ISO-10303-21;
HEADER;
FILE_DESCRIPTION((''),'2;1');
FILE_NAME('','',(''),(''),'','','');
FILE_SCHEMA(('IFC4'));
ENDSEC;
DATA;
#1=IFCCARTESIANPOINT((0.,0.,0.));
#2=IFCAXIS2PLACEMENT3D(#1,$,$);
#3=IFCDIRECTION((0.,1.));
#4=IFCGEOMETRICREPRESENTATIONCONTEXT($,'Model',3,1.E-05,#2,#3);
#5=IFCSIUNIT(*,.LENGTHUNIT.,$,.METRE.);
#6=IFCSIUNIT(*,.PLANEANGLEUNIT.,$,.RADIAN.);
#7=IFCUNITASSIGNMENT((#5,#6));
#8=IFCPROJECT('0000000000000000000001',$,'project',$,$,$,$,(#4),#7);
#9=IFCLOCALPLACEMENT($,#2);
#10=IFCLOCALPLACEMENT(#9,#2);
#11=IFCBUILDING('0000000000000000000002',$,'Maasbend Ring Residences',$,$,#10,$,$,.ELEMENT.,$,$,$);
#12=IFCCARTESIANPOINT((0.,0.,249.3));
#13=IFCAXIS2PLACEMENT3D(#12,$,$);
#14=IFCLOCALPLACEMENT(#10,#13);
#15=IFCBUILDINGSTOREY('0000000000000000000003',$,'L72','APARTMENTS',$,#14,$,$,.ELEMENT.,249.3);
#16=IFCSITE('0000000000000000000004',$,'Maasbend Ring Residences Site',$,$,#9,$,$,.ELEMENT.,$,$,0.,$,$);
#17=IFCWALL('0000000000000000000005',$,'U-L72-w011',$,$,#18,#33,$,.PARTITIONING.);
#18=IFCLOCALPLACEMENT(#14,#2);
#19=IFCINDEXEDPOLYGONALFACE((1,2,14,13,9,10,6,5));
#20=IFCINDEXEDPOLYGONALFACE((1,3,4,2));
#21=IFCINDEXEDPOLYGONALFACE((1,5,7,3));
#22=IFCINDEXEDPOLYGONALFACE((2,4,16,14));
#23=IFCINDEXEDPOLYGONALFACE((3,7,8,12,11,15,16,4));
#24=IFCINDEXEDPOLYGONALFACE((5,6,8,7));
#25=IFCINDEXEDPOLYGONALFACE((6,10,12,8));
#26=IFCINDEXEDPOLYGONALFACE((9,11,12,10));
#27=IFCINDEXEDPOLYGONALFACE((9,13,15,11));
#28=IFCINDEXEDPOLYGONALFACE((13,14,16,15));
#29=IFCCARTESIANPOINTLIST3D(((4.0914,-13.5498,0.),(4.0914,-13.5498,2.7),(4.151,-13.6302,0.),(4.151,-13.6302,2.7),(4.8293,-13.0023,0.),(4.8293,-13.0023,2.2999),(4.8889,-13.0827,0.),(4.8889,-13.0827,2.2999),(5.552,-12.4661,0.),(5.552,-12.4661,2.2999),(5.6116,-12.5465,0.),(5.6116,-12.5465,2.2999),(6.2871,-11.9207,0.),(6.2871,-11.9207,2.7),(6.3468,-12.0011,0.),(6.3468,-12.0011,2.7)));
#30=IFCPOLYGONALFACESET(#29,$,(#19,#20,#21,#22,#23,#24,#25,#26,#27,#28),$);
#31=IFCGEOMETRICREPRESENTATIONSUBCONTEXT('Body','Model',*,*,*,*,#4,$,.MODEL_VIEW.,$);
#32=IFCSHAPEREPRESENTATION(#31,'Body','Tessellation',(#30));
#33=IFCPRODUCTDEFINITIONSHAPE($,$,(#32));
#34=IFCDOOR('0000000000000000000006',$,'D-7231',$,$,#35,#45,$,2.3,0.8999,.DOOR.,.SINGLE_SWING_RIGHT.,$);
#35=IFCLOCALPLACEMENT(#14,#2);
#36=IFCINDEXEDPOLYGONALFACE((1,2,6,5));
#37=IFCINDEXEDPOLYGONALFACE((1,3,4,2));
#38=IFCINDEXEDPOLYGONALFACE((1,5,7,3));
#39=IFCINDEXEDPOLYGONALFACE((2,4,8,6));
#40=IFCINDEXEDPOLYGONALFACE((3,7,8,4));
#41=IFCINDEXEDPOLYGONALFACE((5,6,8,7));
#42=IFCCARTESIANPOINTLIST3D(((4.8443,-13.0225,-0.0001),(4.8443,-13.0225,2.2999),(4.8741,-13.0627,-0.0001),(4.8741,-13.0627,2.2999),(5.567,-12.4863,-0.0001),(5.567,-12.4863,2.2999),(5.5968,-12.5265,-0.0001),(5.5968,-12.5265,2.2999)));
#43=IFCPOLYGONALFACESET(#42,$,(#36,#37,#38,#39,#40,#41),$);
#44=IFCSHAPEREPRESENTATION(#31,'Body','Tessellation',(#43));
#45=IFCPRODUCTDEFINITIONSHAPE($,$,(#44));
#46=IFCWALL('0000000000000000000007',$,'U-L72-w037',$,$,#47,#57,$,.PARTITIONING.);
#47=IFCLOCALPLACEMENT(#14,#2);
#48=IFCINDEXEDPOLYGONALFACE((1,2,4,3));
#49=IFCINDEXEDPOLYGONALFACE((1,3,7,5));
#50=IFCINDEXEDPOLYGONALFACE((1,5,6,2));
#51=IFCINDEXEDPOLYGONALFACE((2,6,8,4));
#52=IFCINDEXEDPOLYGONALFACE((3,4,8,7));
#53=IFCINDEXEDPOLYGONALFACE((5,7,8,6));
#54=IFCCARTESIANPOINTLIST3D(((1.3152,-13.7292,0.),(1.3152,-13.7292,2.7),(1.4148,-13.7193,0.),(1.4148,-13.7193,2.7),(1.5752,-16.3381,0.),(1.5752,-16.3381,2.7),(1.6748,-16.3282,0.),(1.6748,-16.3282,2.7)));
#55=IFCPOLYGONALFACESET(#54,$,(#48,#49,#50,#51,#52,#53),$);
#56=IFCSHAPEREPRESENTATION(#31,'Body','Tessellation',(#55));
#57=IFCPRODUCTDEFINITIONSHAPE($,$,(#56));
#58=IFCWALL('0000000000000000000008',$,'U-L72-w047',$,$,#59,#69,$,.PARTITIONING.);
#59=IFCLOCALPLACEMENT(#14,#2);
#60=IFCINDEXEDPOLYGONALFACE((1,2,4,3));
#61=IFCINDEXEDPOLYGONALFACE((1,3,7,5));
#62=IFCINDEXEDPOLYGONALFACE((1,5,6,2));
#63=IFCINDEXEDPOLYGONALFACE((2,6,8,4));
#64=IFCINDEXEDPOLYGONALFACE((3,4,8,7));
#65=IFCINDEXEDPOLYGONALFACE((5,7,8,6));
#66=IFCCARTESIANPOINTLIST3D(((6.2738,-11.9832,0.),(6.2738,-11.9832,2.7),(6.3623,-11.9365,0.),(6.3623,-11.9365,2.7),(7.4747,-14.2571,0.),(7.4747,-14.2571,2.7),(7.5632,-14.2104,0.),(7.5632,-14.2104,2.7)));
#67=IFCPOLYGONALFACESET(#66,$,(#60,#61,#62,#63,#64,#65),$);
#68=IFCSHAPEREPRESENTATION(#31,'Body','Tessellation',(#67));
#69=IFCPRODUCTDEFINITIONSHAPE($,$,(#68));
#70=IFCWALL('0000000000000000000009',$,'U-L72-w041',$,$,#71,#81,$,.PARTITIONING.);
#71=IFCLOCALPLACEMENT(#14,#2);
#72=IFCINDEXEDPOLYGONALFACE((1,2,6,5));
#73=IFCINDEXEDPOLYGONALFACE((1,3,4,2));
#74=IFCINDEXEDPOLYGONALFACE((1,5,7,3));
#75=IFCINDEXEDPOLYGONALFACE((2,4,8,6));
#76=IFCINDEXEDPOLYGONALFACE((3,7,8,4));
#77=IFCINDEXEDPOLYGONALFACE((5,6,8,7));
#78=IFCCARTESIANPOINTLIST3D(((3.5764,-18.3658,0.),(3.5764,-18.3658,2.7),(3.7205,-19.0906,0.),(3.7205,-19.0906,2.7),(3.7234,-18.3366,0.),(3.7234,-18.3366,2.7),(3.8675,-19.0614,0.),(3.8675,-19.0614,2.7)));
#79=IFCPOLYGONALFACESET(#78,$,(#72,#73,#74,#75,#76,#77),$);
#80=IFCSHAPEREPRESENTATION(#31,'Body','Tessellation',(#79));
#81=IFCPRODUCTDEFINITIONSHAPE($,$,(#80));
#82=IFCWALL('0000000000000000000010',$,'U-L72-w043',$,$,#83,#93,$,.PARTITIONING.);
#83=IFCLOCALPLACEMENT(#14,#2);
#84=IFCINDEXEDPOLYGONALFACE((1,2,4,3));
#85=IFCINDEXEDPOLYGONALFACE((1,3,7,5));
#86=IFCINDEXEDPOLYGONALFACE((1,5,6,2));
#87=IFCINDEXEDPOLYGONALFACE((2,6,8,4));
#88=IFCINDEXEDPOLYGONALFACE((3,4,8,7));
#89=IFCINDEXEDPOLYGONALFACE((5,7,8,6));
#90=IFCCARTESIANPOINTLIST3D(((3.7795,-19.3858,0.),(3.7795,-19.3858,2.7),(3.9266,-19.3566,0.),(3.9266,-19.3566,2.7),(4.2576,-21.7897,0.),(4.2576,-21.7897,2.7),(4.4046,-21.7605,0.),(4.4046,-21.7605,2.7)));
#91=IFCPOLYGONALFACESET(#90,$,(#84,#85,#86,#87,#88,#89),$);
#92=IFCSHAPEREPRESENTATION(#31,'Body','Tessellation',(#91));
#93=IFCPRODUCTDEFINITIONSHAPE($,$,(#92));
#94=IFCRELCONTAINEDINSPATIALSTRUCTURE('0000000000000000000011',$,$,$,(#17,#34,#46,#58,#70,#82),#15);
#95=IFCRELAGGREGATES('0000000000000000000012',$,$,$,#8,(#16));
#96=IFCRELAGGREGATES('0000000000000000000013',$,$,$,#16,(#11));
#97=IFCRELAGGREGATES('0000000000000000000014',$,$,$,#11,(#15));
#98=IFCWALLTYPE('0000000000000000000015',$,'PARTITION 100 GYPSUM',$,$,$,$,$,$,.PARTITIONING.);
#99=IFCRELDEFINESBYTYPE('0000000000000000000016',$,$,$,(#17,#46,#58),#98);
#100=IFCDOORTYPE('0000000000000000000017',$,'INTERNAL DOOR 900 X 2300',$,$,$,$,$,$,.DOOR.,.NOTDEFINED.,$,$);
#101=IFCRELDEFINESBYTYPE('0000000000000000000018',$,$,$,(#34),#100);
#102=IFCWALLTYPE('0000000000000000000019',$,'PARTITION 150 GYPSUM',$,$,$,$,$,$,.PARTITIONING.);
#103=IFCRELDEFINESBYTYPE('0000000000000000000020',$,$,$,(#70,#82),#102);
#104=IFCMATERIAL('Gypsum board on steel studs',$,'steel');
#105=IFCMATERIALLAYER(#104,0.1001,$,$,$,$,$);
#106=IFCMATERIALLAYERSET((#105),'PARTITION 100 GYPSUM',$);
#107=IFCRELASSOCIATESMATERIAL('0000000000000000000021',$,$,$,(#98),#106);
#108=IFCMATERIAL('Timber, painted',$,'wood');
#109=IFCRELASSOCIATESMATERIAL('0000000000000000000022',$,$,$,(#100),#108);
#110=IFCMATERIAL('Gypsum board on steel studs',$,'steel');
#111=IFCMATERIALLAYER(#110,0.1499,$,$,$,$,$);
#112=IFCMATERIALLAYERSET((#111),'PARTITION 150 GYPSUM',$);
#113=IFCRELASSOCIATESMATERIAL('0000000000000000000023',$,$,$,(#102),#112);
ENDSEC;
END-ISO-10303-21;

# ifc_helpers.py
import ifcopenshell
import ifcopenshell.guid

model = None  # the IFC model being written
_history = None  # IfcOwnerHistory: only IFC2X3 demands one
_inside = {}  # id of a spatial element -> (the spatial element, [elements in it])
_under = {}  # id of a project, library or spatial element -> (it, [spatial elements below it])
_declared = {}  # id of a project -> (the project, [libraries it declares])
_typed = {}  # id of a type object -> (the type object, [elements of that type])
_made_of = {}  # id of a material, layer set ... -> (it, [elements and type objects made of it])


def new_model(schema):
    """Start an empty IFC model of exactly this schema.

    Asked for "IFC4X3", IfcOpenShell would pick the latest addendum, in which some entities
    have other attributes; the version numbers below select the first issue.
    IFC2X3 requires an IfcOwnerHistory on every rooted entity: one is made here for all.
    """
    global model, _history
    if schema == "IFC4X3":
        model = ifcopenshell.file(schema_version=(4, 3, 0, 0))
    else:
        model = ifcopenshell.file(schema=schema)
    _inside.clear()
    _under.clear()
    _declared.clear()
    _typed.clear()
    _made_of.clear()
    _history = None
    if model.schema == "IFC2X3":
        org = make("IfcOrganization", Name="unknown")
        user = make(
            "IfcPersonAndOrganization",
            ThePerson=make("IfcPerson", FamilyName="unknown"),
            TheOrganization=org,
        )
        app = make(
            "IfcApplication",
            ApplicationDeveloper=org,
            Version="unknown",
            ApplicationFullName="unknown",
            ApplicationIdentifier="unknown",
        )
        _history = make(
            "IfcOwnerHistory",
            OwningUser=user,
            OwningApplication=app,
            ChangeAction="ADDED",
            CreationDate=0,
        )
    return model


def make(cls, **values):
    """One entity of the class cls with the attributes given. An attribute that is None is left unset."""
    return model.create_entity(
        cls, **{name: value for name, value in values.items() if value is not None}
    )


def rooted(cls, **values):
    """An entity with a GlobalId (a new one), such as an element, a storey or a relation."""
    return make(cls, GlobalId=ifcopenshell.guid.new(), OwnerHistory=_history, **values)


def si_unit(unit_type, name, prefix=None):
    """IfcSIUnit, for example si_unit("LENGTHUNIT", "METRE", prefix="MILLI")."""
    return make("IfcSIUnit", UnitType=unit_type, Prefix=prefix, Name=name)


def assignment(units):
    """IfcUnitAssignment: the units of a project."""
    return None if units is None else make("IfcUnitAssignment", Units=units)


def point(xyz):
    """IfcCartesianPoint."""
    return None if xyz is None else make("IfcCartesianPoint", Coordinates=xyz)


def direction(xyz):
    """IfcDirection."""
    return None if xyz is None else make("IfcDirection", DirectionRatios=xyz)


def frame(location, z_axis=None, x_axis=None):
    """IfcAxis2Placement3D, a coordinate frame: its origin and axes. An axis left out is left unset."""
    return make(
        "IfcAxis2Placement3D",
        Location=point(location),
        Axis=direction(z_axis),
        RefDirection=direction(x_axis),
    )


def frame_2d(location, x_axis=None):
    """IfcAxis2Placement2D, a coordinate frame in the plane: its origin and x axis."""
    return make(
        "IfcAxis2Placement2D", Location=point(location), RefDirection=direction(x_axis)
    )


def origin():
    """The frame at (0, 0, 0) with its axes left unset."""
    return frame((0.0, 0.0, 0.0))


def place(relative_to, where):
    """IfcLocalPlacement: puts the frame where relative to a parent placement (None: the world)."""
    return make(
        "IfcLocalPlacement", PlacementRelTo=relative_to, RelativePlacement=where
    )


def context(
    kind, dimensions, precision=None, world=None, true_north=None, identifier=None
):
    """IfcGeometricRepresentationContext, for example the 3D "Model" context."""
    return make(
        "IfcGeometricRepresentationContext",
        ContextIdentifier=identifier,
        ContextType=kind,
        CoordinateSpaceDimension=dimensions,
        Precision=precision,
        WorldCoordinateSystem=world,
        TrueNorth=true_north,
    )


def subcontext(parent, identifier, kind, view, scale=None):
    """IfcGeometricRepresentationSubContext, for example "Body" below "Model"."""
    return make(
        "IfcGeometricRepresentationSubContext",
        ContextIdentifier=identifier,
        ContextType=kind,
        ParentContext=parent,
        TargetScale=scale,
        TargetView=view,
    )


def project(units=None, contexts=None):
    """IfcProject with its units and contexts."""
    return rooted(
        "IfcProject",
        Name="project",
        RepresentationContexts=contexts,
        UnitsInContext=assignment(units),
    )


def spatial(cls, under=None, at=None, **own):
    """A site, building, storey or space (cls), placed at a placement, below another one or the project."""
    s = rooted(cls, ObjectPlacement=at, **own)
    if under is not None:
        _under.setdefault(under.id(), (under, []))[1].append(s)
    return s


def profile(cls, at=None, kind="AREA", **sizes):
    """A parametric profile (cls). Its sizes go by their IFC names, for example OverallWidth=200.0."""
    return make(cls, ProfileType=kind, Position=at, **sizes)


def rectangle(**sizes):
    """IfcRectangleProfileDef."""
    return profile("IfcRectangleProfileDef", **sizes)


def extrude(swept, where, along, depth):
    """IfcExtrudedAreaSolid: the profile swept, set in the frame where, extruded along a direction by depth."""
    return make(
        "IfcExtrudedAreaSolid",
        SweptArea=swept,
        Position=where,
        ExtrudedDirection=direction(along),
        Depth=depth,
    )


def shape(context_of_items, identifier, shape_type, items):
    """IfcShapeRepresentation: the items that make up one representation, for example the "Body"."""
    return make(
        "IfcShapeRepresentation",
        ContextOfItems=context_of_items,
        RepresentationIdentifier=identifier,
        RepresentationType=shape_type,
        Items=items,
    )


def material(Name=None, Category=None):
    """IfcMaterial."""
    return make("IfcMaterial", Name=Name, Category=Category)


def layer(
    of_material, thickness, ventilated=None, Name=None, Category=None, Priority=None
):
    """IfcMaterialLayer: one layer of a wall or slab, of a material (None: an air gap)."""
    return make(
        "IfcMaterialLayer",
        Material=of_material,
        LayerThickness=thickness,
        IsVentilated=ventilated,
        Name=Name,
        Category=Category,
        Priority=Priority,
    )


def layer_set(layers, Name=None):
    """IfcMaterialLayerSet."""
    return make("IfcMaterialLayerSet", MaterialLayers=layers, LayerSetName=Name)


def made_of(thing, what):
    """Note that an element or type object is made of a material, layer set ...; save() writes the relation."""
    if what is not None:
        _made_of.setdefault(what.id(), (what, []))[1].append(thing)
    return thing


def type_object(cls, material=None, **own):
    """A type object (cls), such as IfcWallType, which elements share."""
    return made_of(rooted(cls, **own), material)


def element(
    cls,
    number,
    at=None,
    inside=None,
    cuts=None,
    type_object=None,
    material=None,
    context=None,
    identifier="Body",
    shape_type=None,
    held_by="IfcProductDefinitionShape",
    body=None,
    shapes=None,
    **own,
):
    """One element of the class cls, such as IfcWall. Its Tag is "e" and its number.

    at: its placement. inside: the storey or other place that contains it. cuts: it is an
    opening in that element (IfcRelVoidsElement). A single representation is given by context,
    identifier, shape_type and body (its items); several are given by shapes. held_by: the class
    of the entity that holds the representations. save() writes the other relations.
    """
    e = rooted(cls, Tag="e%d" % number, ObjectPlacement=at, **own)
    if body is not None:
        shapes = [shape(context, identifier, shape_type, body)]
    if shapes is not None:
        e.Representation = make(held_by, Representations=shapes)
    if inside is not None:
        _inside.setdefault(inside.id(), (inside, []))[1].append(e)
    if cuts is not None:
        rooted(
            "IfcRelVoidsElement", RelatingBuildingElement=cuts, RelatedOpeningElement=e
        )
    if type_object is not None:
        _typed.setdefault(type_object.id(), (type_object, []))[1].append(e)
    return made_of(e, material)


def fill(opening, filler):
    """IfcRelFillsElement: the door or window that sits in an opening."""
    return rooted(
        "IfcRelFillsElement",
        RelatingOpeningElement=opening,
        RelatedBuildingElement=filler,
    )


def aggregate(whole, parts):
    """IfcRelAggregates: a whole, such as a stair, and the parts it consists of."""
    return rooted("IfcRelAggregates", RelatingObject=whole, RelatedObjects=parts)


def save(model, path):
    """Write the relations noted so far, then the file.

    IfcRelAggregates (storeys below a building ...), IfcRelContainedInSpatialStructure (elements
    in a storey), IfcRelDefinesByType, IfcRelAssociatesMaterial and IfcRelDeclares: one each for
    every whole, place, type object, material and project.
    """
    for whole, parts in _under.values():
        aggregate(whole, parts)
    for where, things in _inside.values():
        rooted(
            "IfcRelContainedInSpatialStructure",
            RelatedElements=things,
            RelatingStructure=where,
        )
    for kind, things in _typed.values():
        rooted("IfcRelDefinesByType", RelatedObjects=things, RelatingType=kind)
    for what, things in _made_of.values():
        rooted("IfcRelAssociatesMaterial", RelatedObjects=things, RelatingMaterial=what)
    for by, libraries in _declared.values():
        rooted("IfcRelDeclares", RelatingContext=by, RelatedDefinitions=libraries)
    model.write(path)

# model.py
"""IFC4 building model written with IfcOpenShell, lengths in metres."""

from ifc_helpers import new_model, si_unit, direction, frame, frame_2d, origin, place, context, subcontext, project, spatial, rectangle, extrude, material, layer, layer_set, type_object, element, fill, save


model = new_model("IFC4")

# Units and contexts
model_context = context("Model", 3, precision=1e-05, world=origin(), true_north=direction((0.0, 1.0)))
body_context = subcontext(model_context, "Body", "Model", "MODEL_VIEW")
ifc_project = project(units=[si_unit("LENGTHUNIT", "METRE"), si_unit("PLANEANGLEUNIT", "RADIAN")], contexts=[model_context])

# Site, building, storey
site_placement = place(None, origin())
site = spatial("IfcSite", under=ifc_project, at=site_placement, Name="Maasbend Ring Residences Site", CompositionType="ELEMENT", RefElevation=0.0)
building_placement = place(site_placement, origin())
building = spatial("IfcBuilding", under=site, at=building_placement, Name="Maasbend Ring Residences", CompositionType="ELEMENT")
storey_placement = place(building_placement, frame((0.0, 0.0, 249.3)))
storey = spatial("IfcBuildingStorey", under=building, at=storey_placement, Name="L72", Description="APARTMENTS", CompositionType="ELEMENT", Elevation=249.3)

# Wall, opening, door
ifc_material_1 = material(Name="Gypsum board on steel studs", Category="steel")
ifc_layer_1 = layer(ifc_material_1, 0.1001)
ifc_layer_set_1 = layer_set([ifc_layer_1], Name="PARTITION 100 GYPSUM")
wall_type_1 = type_object("IfcWallType", Name="PARTITION 100 GYPSUM", PredefinedType="PARTITIONING", material=ifc_layer_set_1)
ifc_material_2 = material(Name="Timber, painted", Category="wood")
door_type_1 = type_object("IfcDoorType", Name="INTERNAL DOOR 900 X 2300", OperationType="NOTDEFINED", PredefinedType="DOOR", material=ifc_material_2)
wall_1_placement = place(storey_placement, frame((4.1211, -13.5901, 0.0), z_axis=(0.0, 0.0, 1.0), x_axis=(0.803097, 0.595849, 0.0)))
wall_1 = element("IfcWall", 1, at=wall_1_placement, inside=storey, type_object=wall_type_1, Name="U-L72-w011", PredefinedType="PARTITIONING", context=body_context, shape_type="SweptSolid", body=[
    extrude(rectangle(XDim=2.7341, YDim=0.1001, at=frame_2d((1.3672, 0.0))), origin(), (0.0, 0.0, 1.0), 2.7),
])
opening_1_placement = place(wall_1_placement, frame((0.9189, 0.0, 0.0)))
opening_1 = element("IfcOpeningElement", 2, at=opening_1_placement, cuts=wall_1, PredefinedType="OPENING", context=body_context, shape_type="SweptSolid", body=[
    extrude(rectangle(XDim=0.8999, YDim=2.3, at=frame_2d((0.45, 1.1499))), frame((0.0, 0.0601, 0.0), z_axis=(0.0, -1.0, 0.0), x_axis=(1.0, 0.0, 0.0)), (0.0, 0.0, 1.0), 0.1201),
])
door_1_placement = place(opening_1_placement, origin())
door_1 = element("IfcDoor", 3, at=door_1_placement, inside=storey, type_object=door_type_1, Name="D-7231", OperationType="SINGLE_SWING_RIGHT", OverallHeight=2.3, OverallWidth=0.8999, PredefinedType="DOOR", context=body_context, shape_type="SweptSolid", body=[
    extrude(rectangle(XDim=0.8999, YDim=2.3, at=frame_2d((0.45, 1.1499))), frame((0.0, 0.0249, 0.0), z_axis=(0.0, -1.0, 0.0), x_axis=(1.0, 0.0, 0.0)), (0.0, 0.0, 1.0), 0.05),
])
fill(opening_1, door_1)

# Walls
wall_2_placement = place(storey_placement, frame((1.365, -13.7241, 0.0), z_axis=(0.0, 0.0, 1.0), x_axis=(0.099172, -0.99507, 0.0)))
element("IfcWall", 4, at=wall_2_placement, inside=storey, type_object=wall_type_1, Name="U-L72-w037", PredefinedType="PARTITIONING", context=body_context, shape_type="SweptSolid", body=[
    extrude(rectangle(XDim=2.6218, YDim=0.1001, at=frame_2d((1.311, 0.0))), origin(), (0.0, 0.0, 1.0), 2.7),
])
wall_3_placement = place(storey_placement, frame((6.3181, -11.96, 0.0), z_axis=(0.0, 0.0, 1.0), x_axis=(0.467002, -0.884256, 0.0)))
element("IfcWall", 5, at=wall_3_placement, inside=storey, type_object=wall_type_1, Name="U-L72-w047", PredefinedType="PARTITIONING", context=body_context, shape_type="SweptSolid", body=[
    extrude(rectangle(XDim=2.5715, YDim=0.1001, at=frame_2d((1.2856, 0.0))), origin(), (0.0, 0.0, 1.0), 2.7),
])
ifc_material_3 = material(Name="Gypsum board on steel studs", Category="steel")
ifc_layer_2 = layer(ifc_material_3, 0.1499)
ifc_layer_set_2 = layer_set([ifc_layer_2], Name="PARTITION 150 GYPSUM")
wall_type_2 = type_object("IfcWallType", Name="PARTITION 150 GYPSUM", PredefinedType="PARTITIONING", material=ifc_layer_set_2)
wall_4_placement = place(storey_placement, frame((3.6499, -18.3511, 0.0), z_axis=(0.0, 0.0, 1.0), x_axis=(0.194909, -0.980821, 0.0)))
element("IfcWall", 6, at=wall_4_placement, inside=storey, type_object=wall_type_2, Name="U-L72-w041", PredefinedType="PARTITIONING", context=body_context, shape_type="SweptSolid", body=[
    extrude(rectangle(XDim=0.739, YDim=0.1499, at=frame_2d((0.3696, 0.0))), origin(), (0.0, 0.0, 1.0), 2.7),
])
wall_5_placement = place(storey_placement, frame((3.853, -19.3711, 0.0), z_axis=(0.0, 0.0, 1.0), x_axis=(0.195043, -0.980795, 0.0)))
element("IfcWall", 7, at=wall_5_placement, inside=storey, type_object=wall_type_2, Name="U-L72-w043", PredefinedType="PARTITIONING", context=body_context, shape_type="SweptSolid", body=[
    extrude(rectangle(XDim=2.4509, YDim=0.1499, at=frame_2d((1.2256, 0.0))), origin(), (0.0, 0.0, 1.0), 2.7),
])

save(model, "model.ifc")
